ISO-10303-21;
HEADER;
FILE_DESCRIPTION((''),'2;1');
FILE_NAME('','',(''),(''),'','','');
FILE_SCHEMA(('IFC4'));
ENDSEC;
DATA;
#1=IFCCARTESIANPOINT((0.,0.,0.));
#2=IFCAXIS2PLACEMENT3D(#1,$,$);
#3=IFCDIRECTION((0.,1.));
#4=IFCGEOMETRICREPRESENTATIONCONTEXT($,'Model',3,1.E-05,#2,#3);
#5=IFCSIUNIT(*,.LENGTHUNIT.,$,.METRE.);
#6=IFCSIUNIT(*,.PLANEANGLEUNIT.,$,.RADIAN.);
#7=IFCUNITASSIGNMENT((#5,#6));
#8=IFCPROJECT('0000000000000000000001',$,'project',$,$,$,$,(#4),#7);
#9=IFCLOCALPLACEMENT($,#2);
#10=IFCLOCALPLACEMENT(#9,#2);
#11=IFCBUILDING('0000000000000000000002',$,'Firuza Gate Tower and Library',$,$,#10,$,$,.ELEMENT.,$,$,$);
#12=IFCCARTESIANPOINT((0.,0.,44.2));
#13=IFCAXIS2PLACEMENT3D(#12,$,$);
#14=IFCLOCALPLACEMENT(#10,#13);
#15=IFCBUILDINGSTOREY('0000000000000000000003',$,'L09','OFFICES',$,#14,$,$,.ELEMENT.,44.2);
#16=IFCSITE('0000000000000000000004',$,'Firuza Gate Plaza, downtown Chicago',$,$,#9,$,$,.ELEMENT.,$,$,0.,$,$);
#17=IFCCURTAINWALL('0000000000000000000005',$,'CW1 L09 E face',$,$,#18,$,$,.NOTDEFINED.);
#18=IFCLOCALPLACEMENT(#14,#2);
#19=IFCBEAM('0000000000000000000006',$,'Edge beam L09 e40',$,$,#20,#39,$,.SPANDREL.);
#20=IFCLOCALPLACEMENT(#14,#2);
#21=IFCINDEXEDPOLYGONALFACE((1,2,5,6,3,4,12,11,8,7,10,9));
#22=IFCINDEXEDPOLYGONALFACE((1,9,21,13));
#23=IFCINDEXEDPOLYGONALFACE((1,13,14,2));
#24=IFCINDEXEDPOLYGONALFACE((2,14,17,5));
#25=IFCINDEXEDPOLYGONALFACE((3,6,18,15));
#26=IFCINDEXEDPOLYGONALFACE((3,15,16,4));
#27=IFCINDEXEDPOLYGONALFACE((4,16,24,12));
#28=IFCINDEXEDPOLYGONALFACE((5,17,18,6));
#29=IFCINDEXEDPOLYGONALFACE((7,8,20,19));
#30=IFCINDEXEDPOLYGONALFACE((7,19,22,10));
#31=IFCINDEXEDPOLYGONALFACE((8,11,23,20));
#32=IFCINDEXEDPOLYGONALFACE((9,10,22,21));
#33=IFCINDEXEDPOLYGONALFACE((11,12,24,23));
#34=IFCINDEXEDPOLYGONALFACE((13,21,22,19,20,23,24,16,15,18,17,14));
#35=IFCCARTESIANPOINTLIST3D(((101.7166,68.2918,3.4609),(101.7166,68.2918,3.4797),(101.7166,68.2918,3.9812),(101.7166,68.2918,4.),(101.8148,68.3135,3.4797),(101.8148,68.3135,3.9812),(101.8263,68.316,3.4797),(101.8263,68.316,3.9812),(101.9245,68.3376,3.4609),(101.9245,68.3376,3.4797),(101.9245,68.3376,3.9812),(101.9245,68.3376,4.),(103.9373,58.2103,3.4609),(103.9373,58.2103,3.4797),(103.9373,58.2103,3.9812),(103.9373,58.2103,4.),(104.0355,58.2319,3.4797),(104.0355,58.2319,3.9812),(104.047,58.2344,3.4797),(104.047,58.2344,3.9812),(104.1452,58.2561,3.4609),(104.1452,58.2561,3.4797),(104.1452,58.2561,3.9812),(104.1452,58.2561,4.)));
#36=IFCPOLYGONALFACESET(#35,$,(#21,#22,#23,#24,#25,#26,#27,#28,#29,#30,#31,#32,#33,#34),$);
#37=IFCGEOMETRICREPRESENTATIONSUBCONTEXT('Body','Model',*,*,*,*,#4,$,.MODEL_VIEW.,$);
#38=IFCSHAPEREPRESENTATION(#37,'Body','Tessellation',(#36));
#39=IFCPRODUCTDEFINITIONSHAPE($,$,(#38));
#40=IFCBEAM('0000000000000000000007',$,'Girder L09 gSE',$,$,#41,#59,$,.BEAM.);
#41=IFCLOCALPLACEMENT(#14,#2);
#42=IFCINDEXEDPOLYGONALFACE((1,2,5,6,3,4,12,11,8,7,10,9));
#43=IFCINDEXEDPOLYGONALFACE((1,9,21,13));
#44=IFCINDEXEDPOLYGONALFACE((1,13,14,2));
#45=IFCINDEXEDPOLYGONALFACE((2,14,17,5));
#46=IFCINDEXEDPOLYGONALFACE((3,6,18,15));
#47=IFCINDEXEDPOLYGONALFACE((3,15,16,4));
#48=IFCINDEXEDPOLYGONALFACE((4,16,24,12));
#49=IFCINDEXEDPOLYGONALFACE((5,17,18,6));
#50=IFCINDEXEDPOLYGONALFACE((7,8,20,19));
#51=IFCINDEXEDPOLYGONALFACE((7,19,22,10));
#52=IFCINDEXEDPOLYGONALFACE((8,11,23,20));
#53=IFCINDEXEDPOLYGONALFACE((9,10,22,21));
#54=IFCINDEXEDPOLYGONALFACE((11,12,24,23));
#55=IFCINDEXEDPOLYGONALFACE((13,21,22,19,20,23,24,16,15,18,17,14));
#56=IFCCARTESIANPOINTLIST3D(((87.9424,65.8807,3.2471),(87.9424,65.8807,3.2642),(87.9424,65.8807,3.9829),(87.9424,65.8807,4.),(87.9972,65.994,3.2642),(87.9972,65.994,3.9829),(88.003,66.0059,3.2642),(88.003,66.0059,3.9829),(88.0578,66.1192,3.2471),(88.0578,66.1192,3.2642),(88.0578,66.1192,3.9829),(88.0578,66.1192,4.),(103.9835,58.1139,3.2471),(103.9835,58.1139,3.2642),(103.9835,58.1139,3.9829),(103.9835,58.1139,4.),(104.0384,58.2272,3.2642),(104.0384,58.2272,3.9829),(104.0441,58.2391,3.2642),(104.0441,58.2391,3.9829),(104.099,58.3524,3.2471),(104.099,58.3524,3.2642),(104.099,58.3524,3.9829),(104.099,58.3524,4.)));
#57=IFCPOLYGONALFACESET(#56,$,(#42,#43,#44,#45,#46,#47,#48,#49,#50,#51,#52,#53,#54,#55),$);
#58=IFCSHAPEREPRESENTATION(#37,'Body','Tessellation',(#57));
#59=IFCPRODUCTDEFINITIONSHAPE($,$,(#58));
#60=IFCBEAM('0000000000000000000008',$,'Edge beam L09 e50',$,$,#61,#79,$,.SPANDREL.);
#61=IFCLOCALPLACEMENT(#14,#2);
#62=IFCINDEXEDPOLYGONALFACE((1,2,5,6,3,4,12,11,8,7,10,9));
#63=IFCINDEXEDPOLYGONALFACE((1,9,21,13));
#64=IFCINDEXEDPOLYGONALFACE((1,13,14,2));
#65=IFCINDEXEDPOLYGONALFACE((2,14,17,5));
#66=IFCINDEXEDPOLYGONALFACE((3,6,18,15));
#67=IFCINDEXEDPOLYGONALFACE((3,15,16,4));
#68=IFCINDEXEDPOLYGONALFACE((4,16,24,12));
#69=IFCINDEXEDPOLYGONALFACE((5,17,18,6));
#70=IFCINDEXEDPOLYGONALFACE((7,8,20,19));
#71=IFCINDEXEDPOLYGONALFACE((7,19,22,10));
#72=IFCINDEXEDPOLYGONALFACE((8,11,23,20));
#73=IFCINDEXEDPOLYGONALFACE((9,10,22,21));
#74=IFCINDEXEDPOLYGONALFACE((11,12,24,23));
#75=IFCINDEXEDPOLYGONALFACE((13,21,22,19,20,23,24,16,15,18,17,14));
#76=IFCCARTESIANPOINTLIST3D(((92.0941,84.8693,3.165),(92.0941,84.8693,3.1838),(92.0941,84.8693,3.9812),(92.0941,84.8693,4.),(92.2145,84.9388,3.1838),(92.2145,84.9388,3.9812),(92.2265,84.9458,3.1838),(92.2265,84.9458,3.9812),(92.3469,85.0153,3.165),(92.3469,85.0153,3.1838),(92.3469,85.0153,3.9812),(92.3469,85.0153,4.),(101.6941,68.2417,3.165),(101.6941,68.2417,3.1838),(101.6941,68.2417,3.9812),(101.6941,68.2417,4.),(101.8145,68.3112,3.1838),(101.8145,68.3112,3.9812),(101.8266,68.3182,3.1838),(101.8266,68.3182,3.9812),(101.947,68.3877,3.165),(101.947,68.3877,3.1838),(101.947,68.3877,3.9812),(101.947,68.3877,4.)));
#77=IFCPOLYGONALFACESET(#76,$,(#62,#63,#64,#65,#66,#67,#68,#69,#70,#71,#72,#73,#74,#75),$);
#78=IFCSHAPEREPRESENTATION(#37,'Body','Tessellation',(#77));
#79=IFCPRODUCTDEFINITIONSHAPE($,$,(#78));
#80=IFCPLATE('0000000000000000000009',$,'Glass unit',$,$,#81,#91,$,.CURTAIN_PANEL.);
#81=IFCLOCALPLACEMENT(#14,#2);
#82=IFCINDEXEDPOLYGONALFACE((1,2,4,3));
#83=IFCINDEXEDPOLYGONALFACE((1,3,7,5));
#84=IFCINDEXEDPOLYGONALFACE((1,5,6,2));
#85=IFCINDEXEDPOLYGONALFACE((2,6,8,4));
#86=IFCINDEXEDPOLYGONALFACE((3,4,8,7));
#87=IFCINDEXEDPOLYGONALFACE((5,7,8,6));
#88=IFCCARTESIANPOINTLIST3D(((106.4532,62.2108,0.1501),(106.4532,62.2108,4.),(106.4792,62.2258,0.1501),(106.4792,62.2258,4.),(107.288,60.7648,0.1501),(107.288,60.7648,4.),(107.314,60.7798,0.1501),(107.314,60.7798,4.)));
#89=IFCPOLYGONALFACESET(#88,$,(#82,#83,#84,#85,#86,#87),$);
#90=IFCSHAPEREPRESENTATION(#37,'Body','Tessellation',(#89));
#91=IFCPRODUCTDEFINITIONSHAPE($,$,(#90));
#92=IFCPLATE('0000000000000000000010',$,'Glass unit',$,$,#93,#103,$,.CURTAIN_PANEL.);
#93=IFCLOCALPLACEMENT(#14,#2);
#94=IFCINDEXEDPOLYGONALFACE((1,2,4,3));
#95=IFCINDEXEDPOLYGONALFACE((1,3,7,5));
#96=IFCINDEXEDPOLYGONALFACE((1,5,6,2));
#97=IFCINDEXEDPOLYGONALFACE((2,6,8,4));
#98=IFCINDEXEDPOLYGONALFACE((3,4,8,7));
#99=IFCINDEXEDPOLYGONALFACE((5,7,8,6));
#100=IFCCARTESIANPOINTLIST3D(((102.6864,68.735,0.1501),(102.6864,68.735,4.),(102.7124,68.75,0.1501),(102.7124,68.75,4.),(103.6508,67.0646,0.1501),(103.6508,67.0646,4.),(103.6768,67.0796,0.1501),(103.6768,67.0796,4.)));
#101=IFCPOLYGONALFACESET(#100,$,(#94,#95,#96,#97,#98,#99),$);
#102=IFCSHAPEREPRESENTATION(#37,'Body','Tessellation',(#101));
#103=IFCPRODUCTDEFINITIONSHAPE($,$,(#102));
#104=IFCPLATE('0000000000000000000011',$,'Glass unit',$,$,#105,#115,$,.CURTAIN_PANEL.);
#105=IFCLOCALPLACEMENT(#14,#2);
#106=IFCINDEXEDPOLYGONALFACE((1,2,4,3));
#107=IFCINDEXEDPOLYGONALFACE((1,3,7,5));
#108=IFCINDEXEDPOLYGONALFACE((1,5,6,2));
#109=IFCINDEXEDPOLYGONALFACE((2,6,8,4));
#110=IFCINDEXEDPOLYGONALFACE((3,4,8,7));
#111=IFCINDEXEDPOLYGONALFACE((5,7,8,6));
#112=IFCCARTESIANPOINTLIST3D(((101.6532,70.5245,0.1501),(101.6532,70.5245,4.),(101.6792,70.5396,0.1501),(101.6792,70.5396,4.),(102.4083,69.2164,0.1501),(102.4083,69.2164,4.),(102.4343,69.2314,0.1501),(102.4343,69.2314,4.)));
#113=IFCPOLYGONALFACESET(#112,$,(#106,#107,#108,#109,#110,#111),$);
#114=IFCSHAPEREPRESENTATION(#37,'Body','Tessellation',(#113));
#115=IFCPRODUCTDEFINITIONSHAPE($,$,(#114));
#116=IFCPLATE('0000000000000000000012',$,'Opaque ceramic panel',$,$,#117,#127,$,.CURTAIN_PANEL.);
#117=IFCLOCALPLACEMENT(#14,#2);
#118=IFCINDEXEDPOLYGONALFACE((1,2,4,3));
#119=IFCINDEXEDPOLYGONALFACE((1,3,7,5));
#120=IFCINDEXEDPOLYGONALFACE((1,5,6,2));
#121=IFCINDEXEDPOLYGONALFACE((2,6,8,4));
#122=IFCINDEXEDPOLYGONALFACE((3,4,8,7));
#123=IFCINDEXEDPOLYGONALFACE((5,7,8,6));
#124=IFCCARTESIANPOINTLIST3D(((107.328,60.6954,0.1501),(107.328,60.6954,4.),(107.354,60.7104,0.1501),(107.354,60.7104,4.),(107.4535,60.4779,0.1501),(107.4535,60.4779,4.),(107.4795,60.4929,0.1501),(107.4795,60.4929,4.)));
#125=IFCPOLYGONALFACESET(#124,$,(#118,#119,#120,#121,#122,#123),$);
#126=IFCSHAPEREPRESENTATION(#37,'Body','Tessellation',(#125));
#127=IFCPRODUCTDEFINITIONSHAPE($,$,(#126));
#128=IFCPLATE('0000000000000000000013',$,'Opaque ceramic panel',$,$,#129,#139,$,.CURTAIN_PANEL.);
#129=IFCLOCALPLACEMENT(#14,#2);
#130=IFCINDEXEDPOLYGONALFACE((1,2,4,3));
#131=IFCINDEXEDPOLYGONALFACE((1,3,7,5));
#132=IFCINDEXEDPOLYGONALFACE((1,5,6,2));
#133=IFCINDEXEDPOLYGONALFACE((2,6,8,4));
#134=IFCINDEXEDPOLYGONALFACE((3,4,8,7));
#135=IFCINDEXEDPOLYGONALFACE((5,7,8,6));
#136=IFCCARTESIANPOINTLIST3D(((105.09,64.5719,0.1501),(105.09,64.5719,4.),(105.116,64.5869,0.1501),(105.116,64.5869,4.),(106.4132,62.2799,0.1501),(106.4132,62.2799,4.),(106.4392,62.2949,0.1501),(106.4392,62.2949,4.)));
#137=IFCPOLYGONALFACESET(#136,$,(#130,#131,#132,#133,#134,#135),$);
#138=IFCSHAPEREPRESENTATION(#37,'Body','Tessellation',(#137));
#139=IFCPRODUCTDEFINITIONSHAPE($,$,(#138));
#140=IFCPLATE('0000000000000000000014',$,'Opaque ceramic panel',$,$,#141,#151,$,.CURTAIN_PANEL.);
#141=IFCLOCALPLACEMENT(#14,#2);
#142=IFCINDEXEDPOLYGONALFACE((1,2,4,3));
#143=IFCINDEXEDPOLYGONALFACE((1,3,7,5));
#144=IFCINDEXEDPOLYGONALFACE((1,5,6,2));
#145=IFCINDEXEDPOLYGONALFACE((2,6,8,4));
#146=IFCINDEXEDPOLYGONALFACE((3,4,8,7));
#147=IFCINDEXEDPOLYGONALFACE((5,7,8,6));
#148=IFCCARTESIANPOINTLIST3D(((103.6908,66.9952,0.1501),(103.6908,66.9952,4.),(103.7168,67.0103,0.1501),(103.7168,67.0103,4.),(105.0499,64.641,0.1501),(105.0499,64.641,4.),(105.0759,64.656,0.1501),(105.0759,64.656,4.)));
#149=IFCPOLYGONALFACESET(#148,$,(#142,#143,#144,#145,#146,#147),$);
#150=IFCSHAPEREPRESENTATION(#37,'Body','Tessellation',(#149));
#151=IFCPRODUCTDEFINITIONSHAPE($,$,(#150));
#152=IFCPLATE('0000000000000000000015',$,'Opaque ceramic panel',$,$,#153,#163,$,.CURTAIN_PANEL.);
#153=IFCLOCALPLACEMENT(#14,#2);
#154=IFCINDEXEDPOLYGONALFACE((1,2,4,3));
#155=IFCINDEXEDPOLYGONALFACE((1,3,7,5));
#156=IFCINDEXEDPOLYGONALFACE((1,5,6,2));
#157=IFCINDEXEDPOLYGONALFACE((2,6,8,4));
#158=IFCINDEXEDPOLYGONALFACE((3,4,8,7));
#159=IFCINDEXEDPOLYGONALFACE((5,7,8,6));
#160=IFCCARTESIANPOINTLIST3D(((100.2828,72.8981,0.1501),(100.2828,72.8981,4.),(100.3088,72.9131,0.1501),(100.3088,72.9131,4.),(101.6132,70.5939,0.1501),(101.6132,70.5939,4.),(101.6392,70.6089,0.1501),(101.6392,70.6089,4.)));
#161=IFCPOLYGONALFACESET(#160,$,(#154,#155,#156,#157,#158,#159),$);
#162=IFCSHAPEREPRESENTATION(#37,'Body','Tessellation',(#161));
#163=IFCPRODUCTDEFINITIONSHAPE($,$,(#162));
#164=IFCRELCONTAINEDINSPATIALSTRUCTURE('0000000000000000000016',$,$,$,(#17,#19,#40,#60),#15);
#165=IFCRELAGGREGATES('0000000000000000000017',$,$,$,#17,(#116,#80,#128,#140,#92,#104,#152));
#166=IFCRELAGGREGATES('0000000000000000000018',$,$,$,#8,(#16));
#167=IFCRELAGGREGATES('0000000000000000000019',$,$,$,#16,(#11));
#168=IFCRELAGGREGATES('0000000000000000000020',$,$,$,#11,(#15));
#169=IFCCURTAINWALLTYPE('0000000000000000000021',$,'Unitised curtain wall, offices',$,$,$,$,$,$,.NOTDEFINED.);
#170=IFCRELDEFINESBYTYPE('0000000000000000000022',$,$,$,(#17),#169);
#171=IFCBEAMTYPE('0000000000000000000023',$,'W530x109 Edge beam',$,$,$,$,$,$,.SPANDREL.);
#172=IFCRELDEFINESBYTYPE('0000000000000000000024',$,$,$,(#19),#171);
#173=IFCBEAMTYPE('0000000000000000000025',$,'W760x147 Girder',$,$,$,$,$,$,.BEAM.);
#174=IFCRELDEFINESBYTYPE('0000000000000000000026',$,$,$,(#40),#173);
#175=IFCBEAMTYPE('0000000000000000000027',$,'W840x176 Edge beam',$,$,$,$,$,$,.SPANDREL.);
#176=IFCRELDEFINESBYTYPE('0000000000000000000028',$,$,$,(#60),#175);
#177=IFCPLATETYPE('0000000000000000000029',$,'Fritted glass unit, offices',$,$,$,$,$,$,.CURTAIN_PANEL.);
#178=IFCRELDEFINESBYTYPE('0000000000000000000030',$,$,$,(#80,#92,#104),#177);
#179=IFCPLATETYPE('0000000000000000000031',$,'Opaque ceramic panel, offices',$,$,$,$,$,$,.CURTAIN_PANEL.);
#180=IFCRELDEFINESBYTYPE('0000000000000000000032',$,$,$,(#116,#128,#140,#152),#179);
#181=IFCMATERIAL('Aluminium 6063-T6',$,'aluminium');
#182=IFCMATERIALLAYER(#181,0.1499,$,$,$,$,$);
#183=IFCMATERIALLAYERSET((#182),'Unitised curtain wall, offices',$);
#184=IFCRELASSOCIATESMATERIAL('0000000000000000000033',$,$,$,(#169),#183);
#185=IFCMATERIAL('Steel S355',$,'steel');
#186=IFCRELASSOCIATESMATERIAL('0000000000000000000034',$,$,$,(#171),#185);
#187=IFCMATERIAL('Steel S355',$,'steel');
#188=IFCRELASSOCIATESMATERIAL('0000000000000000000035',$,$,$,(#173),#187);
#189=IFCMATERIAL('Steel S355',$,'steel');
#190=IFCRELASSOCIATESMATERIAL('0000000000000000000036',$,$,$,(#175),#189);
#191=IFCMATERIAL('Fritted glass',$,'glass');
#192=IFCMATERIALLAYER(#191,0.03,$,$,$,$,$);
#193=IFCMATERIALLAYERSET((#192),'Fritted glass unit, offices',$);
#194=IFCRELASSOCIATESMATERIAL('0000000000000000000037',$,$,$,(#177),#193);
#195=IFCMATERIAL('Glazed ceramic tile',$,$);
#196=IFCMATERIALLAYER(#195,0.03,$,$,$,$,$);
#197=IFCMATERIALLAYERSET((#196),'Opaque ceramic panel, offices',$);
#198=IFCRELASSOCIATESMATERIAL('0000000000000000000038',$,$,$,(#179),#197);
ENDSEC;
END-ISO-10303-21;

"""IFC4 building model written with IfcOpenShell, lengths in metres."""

from ifc_helpers import new_model, si_unit, direction, frame, origin, origin_2d, place, context, subcontext, project, spatial, polyline, i_section, outline, extrude, material, layer, layer_set, material_profile, profile_set, type_object, element, aggregate, save


model = new_model("IFC4")

# Units and contexts
model_context = context("Model", 3, precision=1e-05, world=origin(), true_north=direction((0.0, 1.0)))
body_context = subcontext(model_context, "Body", "Model", "MODEL_VIEW")
ifc_project = project(units=[si_unit("LENGTHUNIT", "METRE"), si_unit("PLANEANGLEUNIT", "RADIAN")], contexts=[model_context])

# Site, building, storey
site_placement = place(None, origin())
site = spatial("IfcSite", under=ifc_project, at=site_placement, Name="Firuza Gate Plaza, downtown Chicago", CompositionType="ELEMENT", RefElevation=0.0)
building_placement = place(site_placement, origin())
building = spatial("IfcBuilding", under=site, at=building_placement, Name="Firuza Gate Tower and Library", CompositionType="ELEMENT")
storey_placement = place(building_placement, frame((0.0, 0.0, 44.2)))
storey = spatial("IfcBuildingStorey", under=building, at=storey_placement, Name="L09", Description="OFFICES", CompositionType="ELEMENT", Elevation=44.2)

# Curtain wall
ifc_material_1 = material(Name="Aluminium 6063-T6", Category="aluminium")
ifc_layer_1 = layer(ifc_material_1, 0.1499)
ifc_layer_set_1 = layer_set([ifc_layer_1], Name="Unitised curtain wall, offices")
curtain_wall_type = type_object("IfcCurtainWallType", Name="Unitised curtain wall, offices", PredefinedType="NOTDEFINED", material=ifc_layer_set_1)
curtain_wall_placement = place(storey_placement, origin())
curtain_wall = element("IfcCurtainWall", 1, at=curtain_wall_placement, inside=storey, type_object=curtain_wall_type, Name="CW1 L09 E face", PredefinedType="NOTDEFINED")

# Beams
ifc_material_2 = material(Name="Steel S355", Category="steel")
ifc_material_profile_1 = material_profile(ifc_material_2, i_section(OverallWidth=0.2129, OverallDepth=0.5391, WebThickness=0.0117, FlangeThickness=0.0188, at=origin_2d()))
ifc_profile_set_1 = profile_set([ifc_material_profile_1], Name="Steel S355")
beam_type_1 = type_object("IfcBeamType", Name="W530x109 Edge beam", PredefinedType="SPANDREL", material=ifc_profile_set_1)
beam_1_placement = place(storey_placement, frame((104.0413, 58.2332, 3.7305), z_axis=(-0.215117, 0.976588, 0.0), x_axis=(-0.976588, -0.215117, 0.0)))
element("IfcBeam", 2, at=beam_1_placement, inside=storey, type_object=beam_type_1, Name="Edge beam L09 e40", PredefinedType="SPANDREL", context=body_context, shape_type="SweptSolid", body=[
    extrude(i_section(OverallWidth=0.2129, OverallDepth=0.5391, WebThickness=0.0117, FlangeThickness=0.0188, at=origin_2d()), origin(), (0.0, 0.0, 1.0), 10.3232),
])
ifc_material_3 = material(Name="Steel S355", Category="steel")
ifc_material_profile_2 = material_profile(ifc_material_3, i_section(OverallWidth=0.2649, OverallDepth=0.7529, WebThickness=0.0132, FlangeThickness=0.0171, at=origin_2d()))
ifc_profile_set_2 = profile_set([ifc_material_profile_2], Name="Steel S355")
beam_type_2 = type_object("IfcBeamType", Name="W760x147 Girder", PredefinedType="BEAM", material=ifc_profile_set_2)
beam_2_placement = place(storey_placement, frame((104.0413, 58.2332, 3.6235), z_axis=(-0.90005, 0.435786, 0.0), x_axis=(-0.435786, -0.90005, 0.0)))
element("IfcBeam", 3, at=beam_2_placement, inside=storey, type_object=beam_type_2, Name="Girder L09 gSE", PredefinedType="BEAM", context=body_context, shape_type="SweptSolid", body=[
    extrude(i_section(OverallWidth=0.2649, OverallDepth=0.7529, WebThickness=0.0132, FlangeThickness=0.0171, at=origin_2d()), origin(), (0.0, 0.0, 1.0), 17.8225),
])
ifc_material_4 = material(Name="Steel S355", Category="steel")
ifc_material_profile_3 = material_profile(ifc_material_4, i_section(OverallWidth=0.292, OverallDepth=0.835, WebThickness=0.0139, FlangeThickness=0.0188, at=origin_2d()))
ifc_profile_set_3 = profile_set([ifc_material_profile_3], Name="Steel S355")
beam_type_3 = type_object("IfcBeamType", Name="W840x176 Edge beam", PredefinedType="SPANDREL", material=ifc_profile_set_3)
beam_3_placement = place(storey_placement, frame((101.8206, 68.3147, 3.5825), z_axis=(-0.500004, 0.866023, 0.0), x_axis=(-0.866023, -0.500004, 0.0)))
element("IfcBeam", 4, at=beam_3_placement, inside=storey, type_object=beam_type_3, Name="Edge beam L09 e50", PredefinedType="SPANDREL", context=body_context, shape_type="SweptSolid", body=[
    extrude(i_section(OverallWidth=0.292, OverallDepth=0.835, WebThickness=0.0139, FlangeThickness=0.0188, at=origin_2d()), origin(), (0.0, 0.0, 1.0), 19.2),
])

# Plates
ifc_material_5 = material(Name="Fritted glass", Category="glass")
ifc_layer_2 = layer(ifc_material_5, 0.03)
ifc_layer_set_2 = layer_set([ifc_layer_2], Name="Fritted glass unit, offices")
plate_type_1 = type_object("IfcPlateType", Name="Fritted glass unit, offices", PredefinedType="CURTAIN_PANEL", material=ifc_layer_set_2)
plate_1_placement = place(storey_placement, frame((107.314, 60.7798, 0.1501), z_axis=(0.866066, 0.499929, 0.0), x_axis=(-0.499929, 0.866066, 0.0)))
plate_1 = element("IfcPlate", 5, at=plate_1_placement, type_object=plate_type_1, Name="Glass unit", PredefinedType="CURTAIN_PANEL", context=body_context, shape_type="SweptSolid", body=[
    extrude(outline(polyline([(0.0, 0.0), (1.6697, 0.0), (1.6697, 3.8499), (0.0, 3.8499), (0.0, 0.0)])), origin(), (0.0, 0.0, -1.0), 0.03),
])
plate_2_placement = place(storey_placement, frame((103.6768, 67.0796, 0.1501), z_axis=(0.866038, 0.499978, 0.0), x_axis=(-0.499978, 0.866038, 0.0)))
plate_2 = element("IfcPlate", 6, at=plate_2_placement, type_object=plate_type_1, Name="Glass unit", PredefinedType="CURTAIN_PANEL", context=body_context, shape_type="SweptSolid", body=[
    extrude(outline(polyline([(0.0, 0.0), (1.9288, 0.0), (1.9288, 3.8499), (0.0, 3.8499), (0.0, 0.0)])), origin(), (0.0, 0.0, -1.0), 0.03),
])
plate_3_placement = place(storey_placement, frame((102.4343, 69.2314, 0.1501), z_axis=(0.866056, 0.499946, 0.0), x_axis=(-0.499946, 0.866056, 0.0)))
plate_3 = element("IfcPlate", 7, at=plate_3_placement, type_object=plate_type_1, Name="Glass unit", PredefinedType="CURTAIN_PANEL", context=body_context, shape_type="SweptSolid", body=[
    extrude(outline(polyline([(0.0, 0.0), (1.5104, 0.0), (1.5104, 3.8499), (0.0, 3.8499), (0.0, 0.0)])), origin(), (0.0, 0.0, -1.0), 0.03),
])
ifc_material_6 = material(Name="Glazed ceramic tile")
ifc_layer_3 = layer(ifc_material_6, 0.03)
ifc_layer_set_3 = layer_set([ifc_layer_3], Name="Opaque ceramic panel, offices")
plate_type_2 = type_object("IfcPlateType", Name="Opaque ceramic panel, offices", PredefinedType="CURTAIN_PANEL", material=ifc_layer_set_3)
plate_4_placement = place(storey_placement, frame((107.4795, 60.4929, 0.1501), z_axis=(0.866202, 0.499694, 0.0), x_axis=(-0.499694, 0.866202, 0.0)))
plate_4 = element("IfcPlate", 8, at=plate_4_placement, type_object=plate_type_2, Name="Opaque ceramic panel", PredefinedType="CURTAIN_PANEL", context=body_context, shape_type="SweptSolid", body=[
    extrude(outline(polyline([(0.0, 0.0), (0.2511, 0.0), (0.2511, 3.8499), (0.0, 3.8499), (0.0, 0.0)])), origin(), (0.0, 0.0, -1.0), 0.03),
])
plate_5_placement = place(storey_placement, frame((106.4392, 62.2949, 0.1501), z_axis=(0.866032, 0.499989, 0.0), x_axis=(-0.499989, 0.866032, 0.0)))
plate_5 = element("IfcPlate", 9, at=plate_5_placement, type_object=plate_type_2, Name="Opaque ceramic panel", PredefinedType="CURTAIN_PANEL", context=body_context, shape_type="SweptSolid", body=[
    extrude(outline(polyline([(0.0, 0.0), (2.6465, 0.0), (2.6465, 3.8499), (0.0, 3.8499), (0.0, 0.0)])), origin(), (0.0, 0.0, -1.0), 0.03),
])
plate_6_placement = place(storey_placement, frame((105.0759, 64.656, 0.1501), z_axis=(0.866041, 0.499974, 0.0), x_axis=(-0.499974, 0.866041, 0.0)))
plate_6 = element("IfcPlate", 10, at=plate_6_placement, type_object=plate_type_2, Name="Opaque ceramic panel", PredefinedType="CURTAIN_PANEL", context=body_context, shape_type="SweptSolid", body=[
    extrude(outline(polyline([(0.0, 0.0), (2.7184, 0.0), (2.7184, 3.8499), (0.0, 3.8499), (0.0, 0.0)])), origin(), (0.0, 0.0, -1.0), 0.03),
])
plate_7_placement = place(storey_placement, frame((101.6392, 70.6089, 0.1501), z_axis=(0.866027, 0.499998, 0.0), x_axis=(-0.499998, 0.866027, 0.0)))
plate_7 = element("IfcPlate", 11, at=plate_7_placement, type_object=plate_type_2, Name="Opaque ceramic panel", PredefinedType="CURTAIN_PANEL", context=body_context, shape_type="SweptSolid", body=[
    extrude(outline(polyline([(0.0, 0.0), (2.6607, 0.0), (2.6607, 3.8499), (0.0, 3.8499), (0.0, 0.0)])), origin(), (0.0, 0.0, -1.0), 0.03),
])
aggregate(curtain_wall, [plate_4, plate_1, plate_5, plate_6, plate_2, plate_3, plate_7])

save(model, "model.ifc")
